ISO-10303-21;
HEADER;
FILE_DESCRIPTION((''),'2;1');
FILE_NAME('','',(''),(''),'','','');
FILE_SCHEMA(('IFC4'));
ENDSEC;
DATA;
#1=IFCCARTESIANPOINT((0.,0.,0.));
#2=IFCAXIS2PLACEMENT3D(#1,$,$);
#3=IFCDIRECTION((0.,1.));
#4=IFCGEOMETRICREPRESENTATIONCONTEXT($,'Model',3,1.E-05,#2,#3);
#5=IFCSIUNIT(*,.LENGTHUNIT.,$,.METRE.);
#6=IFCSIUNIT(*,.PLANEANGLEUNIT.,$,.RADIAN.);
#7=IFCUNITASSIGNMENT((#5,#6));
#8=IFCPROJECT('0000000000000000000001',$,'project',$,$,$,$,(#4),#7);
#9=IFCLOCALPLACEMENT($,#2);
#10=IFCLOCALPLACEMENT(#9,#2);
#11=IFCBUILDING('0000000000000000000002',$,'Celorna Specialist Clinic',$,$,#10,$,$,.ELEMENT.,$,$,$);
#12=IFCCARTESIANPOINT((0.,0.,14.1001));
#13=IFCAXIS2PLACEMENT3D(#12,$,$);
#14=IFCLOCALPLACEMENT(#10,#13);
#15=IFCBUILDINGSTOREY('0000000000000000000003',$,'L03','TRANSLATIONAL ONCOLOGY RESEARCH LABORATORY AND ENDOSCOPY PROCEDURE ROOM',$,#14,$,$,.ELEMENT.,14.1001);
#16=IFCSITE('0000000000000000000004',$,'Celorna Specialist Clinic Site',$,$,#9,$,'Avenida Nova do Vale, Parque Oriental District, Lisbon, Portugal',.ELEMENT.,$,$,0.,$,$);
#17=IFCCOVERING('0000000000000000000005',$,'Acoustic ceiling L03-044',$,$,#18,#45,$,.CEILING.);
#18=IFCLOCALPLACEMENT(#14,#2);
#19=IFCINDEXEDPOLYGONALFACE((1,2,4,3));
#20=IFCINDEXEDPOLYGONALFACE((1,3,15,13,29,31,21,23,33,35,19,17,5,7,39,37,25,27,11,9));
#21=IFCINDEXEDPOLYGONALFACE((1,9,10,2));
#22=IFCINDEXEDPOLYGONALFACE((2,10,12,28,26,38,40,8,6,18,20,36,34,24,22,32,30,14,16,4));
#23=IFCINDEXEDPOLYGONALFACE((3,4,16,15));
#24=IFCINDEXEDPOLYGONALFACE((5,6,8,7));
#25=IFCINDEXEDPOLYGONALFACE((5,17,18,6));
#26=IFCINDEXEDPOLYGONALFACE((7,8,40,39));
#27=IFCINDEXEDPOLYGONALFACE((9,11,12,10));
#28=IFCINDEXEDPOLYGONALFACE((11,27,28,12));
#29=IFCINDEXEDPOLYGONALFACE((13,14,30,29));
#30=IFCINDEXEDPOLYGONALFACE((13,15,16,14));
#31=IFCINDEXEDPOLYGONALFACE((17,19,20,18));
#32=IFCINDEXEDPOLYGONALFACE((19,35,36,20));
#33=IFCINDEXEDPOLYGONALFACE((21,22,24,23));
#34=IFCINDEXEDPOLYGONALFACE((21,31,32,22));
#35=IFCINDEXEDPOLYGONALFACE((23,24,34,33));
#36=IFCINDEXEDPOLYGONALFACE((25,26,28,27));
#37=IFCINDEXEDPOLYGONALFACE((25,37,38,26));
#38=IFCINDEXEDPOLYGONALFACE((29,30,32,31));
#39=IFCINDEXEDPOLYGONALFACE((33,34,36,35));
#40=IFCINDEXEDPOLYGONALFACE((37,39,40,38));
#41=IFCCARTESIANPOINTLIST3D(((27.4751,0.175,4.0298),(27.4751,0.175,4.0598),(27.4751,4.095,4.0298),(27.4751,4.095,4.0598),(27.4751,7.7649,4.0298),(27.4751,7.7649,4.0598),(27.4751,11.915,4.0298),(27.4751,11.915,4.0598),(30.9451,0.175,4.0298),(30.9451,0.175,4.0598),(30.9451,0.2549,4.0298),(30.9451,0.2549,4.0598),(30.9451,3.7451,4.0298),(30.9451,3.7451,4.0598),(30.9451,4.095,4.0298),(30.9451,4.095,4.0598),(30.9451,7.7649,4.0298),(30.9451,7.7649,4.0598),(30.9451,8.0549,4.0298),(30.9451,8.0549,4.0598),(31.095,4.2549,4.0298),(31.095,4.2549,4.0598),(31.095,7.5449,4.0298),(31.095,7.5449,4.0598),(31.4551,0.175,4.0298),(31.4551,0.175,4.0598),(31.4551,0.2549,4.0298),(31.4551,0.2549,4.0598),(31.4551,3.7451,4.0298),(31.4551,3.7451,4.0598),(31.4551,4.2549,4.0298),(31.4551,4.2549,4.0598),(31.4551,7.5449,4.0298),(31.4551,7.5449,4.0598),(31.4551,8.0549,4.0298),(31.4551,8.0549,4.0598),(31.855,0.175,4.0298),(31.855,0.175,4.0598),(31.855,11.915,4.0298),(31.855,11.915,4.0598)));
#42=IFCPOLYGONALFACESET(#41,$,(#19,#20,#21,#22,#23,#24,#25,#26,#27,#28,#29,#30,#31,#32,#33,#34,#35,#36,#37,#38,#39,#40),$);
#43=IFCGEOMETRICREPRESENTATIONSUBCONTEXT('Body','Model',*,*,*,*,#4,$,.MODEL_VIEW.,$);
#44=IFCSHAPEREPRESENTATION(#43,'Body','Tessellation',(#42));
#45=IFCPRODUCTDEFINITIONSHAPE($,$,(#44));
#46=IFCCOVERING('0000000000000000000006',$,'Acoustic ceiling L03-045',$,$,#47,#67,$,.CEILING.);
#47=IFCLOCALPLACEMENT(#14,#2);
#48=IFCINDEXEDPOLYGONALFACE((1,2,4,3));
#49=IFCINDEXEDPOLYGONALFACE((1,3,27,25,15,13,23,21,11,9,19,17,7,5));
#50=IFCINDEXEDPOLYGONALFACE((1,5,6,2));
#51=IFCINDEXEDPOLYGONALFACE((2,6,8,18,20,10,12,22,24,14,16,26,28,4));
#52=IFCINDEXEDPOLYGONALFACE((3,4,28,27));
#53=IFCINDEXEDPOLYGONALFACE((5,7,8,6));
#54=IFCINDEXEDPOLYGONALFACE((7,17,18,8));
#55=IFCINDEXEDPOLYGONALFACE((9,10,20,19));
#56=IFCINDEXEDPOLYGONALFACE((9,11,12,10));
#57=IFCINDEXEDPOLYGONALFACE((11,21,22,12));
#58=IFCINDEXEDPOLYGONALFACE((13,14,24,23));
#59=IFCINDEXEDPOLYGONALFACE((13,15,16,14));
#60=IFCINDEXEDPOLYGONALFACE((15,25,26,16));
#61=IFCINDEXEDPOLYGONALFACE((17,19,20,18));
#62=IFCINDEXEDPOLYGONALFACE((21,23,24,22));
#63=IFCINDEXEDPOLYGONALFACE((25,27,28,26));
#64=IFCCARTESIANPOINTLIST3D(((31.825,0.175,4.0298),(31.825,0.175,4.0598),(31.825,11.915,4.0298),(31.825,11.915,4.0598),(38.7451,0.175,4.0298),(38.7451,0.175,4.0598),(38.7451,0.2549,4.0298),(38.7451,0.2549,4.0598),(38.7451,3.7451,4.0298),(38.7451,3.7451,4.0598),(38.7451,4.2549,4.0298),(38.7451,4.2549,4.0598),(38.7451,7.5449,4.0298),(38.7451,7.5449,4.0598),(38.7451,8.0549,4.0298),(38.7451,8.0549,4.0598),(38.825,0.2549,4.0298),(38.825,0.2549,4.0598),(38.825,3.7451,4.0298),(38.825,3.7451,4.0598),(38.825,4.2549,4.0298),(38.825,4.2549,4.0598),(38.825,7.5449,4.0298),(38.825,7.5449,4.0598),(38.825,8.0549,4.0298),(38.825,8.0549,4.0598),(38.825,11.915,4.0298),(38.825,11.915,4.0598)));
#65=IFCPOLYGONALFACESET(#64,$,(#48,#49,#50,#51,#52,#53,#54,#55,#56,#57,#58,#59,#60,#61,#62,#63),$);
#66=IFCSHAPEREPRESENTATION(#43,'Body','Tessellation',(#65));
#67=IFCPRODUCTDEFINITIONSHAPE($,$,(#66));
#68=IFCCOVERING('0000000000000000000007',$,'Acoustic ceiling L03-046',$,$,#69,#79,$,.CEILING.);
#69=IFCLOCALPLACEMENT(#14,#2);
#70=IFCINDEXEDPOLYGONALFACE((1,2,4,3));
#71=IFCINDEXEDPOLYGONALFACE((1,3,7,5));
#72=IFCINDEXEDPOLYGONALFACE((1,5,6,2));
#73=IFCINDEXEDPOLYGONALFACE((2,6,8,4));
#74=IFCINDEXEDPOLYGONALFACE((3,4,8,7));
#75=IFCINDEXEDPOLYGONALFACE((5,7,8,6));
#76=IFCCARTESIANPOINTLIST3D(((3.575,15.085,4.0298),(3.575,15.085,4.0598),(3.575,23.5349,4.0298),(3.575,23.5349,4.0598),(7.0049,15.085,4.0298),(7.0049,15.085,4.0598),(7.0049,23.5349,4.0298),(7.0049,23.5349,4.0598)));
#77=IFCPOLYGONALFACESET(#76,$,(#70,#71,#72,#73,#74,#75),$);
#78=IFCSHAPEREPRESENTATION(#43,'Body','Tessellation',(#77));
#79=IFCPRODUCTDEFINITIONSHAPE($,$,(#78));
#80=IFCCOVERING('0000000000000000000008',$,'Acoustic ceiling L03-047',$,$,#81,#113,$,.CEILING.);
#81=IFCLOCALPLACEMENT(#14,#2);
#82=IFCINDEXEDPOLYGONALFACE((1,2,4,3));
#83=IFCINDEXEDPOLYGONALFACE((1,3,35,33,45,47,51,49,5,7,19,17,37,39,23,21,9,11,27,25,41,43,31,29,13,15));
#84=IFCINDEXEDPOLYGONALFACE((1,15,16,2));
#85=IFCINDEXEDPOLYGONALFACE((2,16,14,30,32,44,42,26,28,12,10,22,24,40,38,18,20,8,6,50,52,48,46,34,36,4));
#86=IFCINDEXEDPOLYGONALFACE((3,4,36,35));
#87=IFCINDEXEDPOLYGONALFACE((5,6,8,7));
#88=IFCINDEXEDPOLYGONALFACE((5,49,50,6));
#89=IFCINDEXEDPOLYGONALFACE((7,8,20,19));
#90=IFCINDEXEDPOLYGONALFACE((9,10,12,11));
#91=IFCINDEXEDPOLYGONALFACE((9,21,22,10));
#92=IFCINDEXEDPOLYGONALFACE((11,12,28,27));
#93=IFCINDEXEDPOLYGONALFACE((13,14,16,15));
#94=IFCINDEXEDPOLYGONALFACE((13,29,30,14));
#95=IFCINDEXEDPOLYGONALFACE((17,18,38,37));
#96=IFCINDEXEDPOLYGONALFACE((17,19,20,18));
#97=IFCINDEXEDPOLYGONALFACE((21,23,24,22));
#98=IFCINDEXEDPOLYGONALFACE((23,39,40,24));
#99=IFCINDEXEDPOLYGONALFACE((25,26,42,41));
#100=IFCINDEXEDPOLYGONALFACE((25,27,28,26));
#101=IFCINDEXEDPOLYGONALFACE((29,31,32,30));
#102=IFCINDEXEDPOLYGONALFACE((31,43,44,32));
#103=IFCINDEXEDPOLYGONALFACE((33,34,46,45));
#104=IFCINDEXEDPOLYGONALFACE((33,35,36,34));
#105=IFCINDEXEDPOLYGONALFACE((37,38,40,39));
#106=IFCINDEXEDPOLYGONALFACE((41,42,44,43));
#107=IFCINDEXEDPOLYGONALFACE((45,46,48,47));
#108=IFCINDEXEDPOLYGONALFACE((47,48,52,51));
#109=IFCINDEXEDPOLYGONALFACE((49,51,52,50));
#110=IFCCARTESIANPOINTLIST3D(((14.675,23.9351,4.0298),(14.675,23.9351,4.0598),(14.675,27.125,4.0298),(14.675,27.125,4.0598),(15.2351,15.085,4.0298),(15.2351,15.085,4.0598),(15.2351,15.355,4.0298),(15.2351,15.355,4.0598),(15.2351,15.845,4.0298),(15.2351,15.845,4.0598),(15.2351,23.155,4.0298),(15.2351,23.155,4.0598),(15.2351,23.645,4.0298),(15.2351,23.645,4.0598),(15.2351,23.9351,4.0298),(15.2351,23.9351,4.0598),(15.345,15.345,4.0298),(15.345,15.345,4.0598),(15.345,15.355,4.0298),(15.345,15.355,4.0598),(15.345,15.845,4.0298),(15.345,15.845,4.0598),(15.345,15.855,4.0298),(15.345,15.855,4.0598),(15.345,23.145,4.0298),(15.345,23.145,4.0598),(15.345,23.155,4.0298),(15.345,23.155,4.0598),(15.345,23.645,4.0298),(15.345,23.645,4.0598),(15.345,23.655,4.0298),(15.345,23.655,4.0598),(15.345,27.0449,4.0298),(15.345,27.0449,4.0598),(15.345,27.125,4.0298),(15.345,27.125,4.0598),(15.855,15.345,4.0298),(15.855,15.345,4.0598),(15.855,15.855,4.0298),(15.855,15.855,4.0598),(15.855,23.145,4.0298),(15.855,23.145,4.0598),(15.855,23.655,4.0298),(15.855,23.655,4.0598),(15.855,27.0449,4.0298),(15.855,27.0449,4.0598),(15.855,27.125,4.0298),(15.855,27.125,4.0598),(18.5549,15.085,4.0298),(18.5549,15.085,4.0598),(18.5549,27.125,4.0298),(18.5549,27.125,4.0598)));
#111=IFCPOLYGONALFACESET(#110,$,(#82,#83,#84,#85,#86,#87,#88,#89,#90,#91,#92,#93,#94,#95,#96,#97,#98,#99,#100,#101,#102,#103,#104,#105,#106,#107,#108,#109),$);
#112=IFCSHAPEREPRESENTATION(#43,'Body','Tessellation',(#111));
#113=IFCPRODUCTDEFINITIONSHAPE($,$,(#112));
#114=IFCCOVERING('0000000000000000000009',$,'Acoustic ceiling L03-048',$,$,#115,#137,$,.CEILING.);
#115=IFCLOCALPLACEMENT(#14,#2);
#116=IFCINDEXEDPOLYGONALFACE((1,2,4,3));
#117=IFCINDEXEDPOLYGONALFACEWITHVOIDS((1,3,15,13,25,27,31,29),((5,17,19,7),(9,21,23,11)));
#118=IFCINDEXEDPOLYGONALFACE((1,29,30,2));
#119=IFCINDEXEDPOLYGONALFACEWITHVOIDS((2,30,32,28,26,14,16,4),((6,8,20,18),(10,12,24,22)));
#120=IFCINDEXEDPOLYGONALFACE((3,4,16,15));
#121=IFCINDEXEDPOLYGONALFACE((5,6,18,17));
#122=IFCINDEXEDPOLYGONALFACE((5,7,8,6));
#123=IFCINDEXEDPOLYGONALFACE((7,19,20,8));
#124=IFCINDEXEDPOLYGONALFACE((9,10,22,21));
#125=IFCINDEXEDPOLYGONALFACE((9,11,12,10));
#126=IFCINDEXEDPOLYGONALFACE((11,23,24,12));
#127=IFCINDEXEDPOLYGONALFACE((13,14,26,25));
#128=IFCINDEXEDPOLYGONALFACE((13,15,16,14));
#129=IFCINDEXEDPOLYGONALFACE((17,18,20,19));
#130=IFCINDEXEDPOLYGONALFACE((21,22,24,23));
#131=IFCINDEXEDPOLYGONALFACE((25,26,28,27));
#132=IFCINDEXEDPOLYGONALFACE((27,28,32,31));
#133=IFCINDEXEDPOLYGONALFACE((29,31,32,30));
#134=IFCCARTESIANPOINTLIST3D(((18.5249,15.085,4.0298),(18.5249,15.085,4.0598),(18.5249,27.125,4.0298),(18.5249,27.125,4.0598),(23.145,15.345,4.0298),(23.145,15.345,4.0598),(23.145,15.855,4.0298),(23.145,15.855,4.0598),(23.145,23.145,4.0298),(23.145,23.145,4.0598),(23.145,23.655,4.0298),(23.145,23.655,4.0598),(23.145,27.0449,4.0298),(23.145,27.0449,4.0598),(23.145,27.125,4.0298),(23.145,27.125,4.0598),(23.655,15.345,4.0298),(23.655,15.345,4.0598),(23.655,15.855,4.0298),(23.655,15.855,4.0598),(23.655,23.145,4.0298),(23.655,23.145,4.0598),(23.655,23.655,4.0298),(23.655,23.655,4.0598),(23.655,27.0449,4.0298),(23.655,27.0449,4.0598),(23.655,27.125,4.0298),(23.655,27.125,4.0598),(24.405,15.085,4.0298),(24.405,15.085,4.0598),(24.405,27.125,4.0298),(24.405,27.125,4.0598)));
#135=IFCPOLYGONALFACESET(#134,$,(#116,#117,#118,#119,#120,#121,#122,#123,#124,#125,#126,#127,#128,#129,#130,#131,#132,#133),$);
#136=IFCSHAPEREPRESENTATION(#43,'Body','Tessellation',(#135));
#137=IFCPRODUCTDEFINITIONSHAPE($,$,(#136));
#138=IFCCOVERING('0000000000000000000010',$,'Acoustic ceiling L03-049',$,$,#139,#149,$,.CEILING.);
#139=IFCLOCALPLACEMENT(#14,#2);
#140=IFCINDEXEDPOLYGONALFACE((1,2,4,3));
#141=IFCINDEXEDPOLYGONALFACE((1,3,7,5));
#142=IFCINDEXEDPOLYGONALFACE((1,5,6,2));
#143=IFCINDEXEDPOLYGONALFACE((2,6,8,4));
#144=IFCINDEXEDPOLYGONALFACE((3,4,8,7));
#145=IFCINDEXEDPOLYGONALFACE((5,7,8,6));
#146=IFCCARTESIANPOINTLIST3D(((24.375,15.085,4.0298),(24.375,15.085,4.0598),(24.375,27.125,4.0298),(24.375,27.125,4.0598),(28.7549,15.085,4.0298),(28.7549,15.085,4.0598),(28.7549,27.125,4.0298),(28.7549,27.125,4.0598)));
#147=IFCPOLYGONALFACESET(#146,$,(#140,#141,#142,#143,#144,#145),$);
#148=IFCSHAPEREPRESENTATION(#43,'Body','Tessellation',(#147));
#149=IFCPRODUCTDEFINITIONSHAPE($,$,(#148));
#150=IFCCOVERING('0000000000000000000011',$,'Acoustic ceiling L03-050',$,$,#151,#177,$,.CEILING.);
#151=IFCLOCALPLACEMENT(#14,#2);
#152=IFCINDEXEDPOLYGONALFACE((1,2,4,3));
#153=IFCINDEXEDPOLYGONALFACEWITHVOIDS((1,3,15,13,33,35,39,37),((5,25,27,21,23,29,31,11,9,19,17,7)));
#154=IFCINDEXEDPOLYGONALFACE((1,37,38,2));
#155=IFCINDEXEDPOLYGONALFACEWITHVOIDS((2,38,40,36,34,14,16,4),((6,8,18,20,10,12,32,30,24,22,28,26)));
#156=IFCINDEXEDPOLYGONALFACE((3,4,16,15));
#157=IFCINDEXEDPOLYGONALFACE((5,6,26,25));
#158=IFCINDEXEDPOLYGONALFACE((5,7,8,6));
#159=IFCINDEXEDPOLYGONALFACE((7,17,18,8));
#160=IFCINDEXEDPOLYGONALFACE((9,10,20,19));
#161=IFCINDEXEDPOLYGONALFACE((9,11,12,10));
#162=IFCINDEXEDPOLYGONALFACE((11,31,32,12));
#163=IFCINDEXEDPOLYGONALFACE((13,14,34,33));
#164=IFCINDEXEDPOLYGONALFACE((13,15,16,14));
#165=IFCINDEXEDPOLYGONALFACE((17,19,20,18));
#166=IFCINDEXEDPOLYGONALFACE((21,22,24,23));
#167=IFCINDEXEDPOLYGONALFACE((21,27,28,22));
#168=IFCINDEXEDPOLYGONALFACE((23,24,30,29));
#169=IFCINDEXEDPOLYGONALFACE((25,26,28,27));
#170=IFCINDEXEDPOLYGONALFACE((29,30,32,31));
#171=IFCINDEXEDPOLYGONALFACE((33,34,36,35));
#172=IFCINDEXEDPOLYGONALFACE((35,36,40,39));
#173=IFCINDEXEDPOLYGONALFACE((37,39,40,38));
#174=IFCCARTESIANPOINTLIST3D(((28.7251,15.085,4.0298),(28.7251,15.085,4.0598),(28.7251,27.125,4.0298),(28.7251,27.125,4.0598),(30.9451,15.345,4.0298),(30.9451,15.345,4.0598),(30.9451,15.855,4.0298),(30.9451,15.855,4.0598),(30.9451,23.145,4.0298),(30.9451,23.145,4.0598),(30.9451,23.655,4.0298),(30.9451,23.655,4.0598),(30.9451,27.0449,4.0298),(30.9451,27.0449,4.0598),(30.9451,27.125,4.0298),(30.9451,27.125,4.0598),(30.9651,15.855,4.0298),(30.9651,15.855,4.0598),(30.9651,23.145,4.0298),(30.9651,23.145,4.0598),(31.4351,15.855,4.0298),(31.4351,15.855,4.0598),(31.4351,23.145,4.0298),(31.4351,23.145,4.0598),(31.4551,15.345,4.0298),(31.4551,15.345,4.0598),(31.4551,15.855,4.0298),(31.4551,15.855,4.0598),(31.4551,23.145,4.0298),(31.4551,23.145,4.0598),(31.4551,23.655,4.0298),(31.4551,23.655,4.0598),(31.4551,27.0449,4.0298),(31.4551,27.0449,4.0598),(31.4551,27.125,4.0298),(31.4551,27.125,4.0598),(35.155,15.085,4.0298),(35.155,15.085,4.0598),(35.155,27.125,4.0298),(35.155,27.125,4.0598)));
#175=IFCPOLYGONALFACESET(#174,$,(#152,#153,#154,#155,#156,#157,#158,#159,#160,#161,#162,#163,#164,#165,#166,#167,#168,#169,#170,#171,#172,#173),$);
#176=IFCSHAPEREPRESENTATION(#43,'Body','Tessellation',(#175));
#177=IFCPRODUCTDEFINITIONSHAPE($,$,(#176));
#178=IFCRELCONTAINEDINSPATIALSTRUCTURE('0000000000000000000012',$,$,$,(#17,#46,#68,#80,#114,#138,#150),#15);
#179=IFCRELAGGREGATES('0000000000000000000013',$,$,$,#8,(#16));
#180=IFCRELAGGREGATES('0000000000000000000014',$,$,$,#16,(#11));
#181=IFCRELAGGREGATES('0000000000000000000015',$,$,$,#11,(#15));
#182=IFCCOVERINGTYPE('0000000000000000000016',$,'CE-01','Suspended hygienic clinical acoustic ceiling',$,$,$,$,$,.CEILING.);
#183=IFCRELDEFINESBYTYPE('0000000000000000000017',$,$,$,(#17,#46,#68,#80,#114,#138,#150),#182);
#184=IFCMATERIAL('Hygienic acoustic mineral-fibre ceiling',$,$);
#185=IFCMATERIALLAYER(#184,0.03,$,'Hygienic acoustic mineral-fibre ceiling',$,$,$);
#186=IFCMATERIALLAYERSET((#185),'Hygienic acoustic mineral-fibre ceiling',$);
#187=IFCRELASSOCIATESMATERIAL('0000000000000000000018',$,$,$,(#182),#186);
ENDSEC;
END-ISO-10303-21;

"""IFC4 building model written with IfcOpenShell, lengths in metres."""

from ifc_helpers import new_model, si_unit, direction, frame, origin, place, context, subcontext, project, spatial, polyline, outline, extrude, material, layer, layer_set, type_object, element, save


model = new_model("IFC4")

# Units and contexts
model_context = context("Model", 3, precision=1e-05, world=origin(), true_north=direction((0.0, 1.0)))
body_context = subcontext(model_context, "Body", "Model", "MODEL_VIEW")
ifc_project = project(units=[si_unit("LENGTHUNIT", "METRE"), si_unit("PLANEANGLEUNIT", "RADIAN")], contexts=[model_context])

# Site, building, storey
site_placement = place(None, origin())
site = spatial("IfcSite", under=ifc_project, at=site_placement, Name="Celorna Specialist Clinic Site", LongName="Avenida Nova do Vale, Parque Oriental District, Lisbon, Portugal", CompositionType="ELEMENT", RefElevation=0.0)
building_placement = place(site_placement, origin())
building = spatial("IfcBuilding", under=site, at=building_placement, Name="Celorna Specialist Clinic", CompositionType="ELEMENT")
storey_placement = place(building_placement, frame((0.0, 0.0, 14.1001)))
storey = spatial("IfcBuildingStorey", under=building, at=storey_placement, Name="L03", Description="TRANSLATIONAL ONCOLOGY RESEARCH LABORATORY AND ENDOSCOPY PROCEDURE ROOM", CompositionType="ELEMENT", Elevation=14.1001)

# Coverings
ifc_material_1 = material(Name="Hygienic acoustic mineral-fibre ceiling")
ifc_layer_1 = layer(ifc_material_1, 0.03, Name="Hygienic acoustic mineral-fibre ceiling")
ifc_layer_set_1 = layer_set([ifc_layer_1], Name="Hygienic acoustic mineral-fibre ceiling")
covering_type_1 = type_object("IfcCoveringType", Name="CE-01", Description="Suspended hygienic clinical acoustic ceiling", PredefinedType="CEILING", material=ifc_layer_set_1)
covering_1_placement = place(storey_placement, frame((0.0, 0.0, 4.0298)))
element("IfcCovering", 1, at=covering_1_placement, inside=storey, type_object=covering_type_1, Name="Acoustic ceiling L03-044", PredefinedType="CEILING", context=body_context, shape_type="SweptSolid", body=[
    extrude(outline(polyline([(27.4751, 0.175), (27.4751, 4.095), (30.9451, 4.095), (30.9451, 3.7451), (31.4551, 3.7451), (31.4551, 4.2549), (31.095, 4.2549), (31.095, 7.5449), (31.4551, 7.5449), (31.4551, 8.0549), (30.9451, 8.0549), (30.9451, 7.7649), (27.4751, 7.7649), (27.4751, 11.915), (31.855, 11.915), (31.855, 0.175), (31.4551, 0.175), (31.4551, 0.2549), (30.9451, 0.2549), (30.9451, 0.175), (27.4751, 0.175)])), origin(), (0.0, 0.0, 1.0), 0.03),
])
covering_2_placement = place(storey_placement, frame((0.0, 0.0, 4.0298)))
element("IfcCovering", 2, at=covering_2_placement, inside=storey, type_object=covering_type_1, Name="Acoustic ceiling L03-045", PredefinedType="CEILING", context=body_context, shape_type="SweptSolid", body=[
    extrude(outline(polyline([(38.825, 11.915), (38.825, 8.0549), (38.7451, 8.0549), (38.7451, 7.5449), (38.825, 7.5449), (38.825, 4.2549), (38.7451, 4.2549), (38.7451, 3.7451), (38.825, 3.7451), (38.825, 0.2549), (38.7451, 0.2549), (38.7451, 0.175), (31.825, 0.175), (31.825, 11.915), (38.825, 11.915)])), origin(), (0.0, 0.0, 1.0), 0.03),
])
covering_3_placement = place(storey_placement, frame((0.0, 0.0, 4.0298)))
element("IfcCovering", 3, at=covering_3_placement, inside=storey, type_object=covering_type_1, Name="Acoustic ceiling L03-046", PredefinedType="CEILING", context=body_context, shape_type="SweptSolid", body=[
    extrude(outline(polyline([(3.575, 23.5349), (7.0049, 23.5349), (7.0049, 15.085), (3.575, 15.085), (3.575, 23.5349)])), origin(), (0.0, 0.0, 1.0), 0.03),
])
covering_4_placement = place(storey_placement, frame((0.0, 0.0, 4.0298)))
element("IfcCovering", 4, at=covering_4_placement, inside=storey, type_object=covering_type_1, Name="Acoustic ceiling L03-047", PredefinedType="CEILING", context=body_context, shape_type="SweptSolid", body=[
    extrude(outline(polyline([(15.345, 15.355), (15.345, 15.345), (15.855, 15.345), (15.855, 15.855), (15.345, 15.855), (15.345, 15.845), (15.2351, 15.845), (15.2351, 23.155), (15.345, 23.155), (15.345, 23.145), (15.855, 23.145), (15.855, 23.655), (15.345, 23.655), (15.345, 23.645), (15.2351, 23.645), (15.2351, 23.9351), (14.675, 23.9351), (14.675, 27.125), (15.345, 27.125), (15.345, 27.0449), (15.855, 27.0449), (15.855, 27.125), (18.5549, 27.125), (18.5549, 15.085), (15.2351, 15.085), (15.2351, 15.355), (15.345, 15.355)])), origin(), (0.0, 0.0, 1.0), 0.03),
])
covering_5_placement = place(storey_placement, frame((0.0, 0.0, 4.0298)))
element("IfcCovering", 5, at=covering_5_placement, inside=storey, type_object=covering_type_1, Name="Acoustic ceiling L03-048", PredefinedType="CEILING", context=body_context, shape_type="SweptSolid", body=[
    extrude(outline(polyline([(23.145, 27.125), (23.145, 27.0449), (23.655, 27.0449), (23.655, 27.125), (24.405, 27.125), (24.405, 15.085), (18.5249, 15.085), (18.5249, 27.125), (23.145, 27.125)]), holes=[polyline([(23.145, 15.855), (23.145, 15.345), (23.655, 15.345), (23.655, 15.855), (23.145, 15.855)]), polyline([(23.145, 23.655), (23.145, 23.145), (23.655, 23.145), (23.655, 23.655), (23.145, 23.655)])]), origin(), (0.0, 0.0, 1.0), 0.03),
])
covering_6_placement = place(storey_placement, frame((0.0, 0.0, 4.0298)))
element("IfcCovering", 6, at=covering_6_placement, inside=storey, type_object=covering_type_1, Name="Acoustic ceiling L03-049", PredefinedType="CEILING", context=body_context, shape_type="SweptSolid", body=[
    extrude(outline(polyline([(28.7549, 27.125), (28.7549, 15.085), (24.375, 15.085), (24.375, 27.125), (28.7549, 27.125)])), origin(), (0.0, 0.0, 1.0), 0.03),
])
covering_7_placement = place(storey_placement, frame((0.0, 0.0, 4.0298)))
element("IfcCovering", 7, at=covering_7_placement, inside=storey, type_object=covering_type_1, Name="Acoustic ceiling L03-050", PredefinedType="CEILING", context=body_context, shape_type="SweptSolid", body=[
    extrude(outline(polyline([(30.9451, 27.125), (30.9451, 27.0449), (31.4551, 27.0449), (31.4551, 27.125), (35.155, 27.125), (35.155, 15.085), (28.7251, 15.085), (28.7251, 27.125), (30.9451, 27.125)]), holes=[polyline([(31.4351, 23.145), (31.4551, 23.145), (31.4551, 23.655), (30.9451, 23.655), (30.9451, 23.145), (30.9651, 23.145), (30.9651, 15.855), (30.9451, 15.855), (30.9451, 15.345), (31.4551, 15.345), (31.4551, 15.855), (31.4351, 15.855), (31.4351, 23.145)])]), origin(), (0.0, 0.0, 1.0), 0.03),
])

save(model, "model.ifc")
